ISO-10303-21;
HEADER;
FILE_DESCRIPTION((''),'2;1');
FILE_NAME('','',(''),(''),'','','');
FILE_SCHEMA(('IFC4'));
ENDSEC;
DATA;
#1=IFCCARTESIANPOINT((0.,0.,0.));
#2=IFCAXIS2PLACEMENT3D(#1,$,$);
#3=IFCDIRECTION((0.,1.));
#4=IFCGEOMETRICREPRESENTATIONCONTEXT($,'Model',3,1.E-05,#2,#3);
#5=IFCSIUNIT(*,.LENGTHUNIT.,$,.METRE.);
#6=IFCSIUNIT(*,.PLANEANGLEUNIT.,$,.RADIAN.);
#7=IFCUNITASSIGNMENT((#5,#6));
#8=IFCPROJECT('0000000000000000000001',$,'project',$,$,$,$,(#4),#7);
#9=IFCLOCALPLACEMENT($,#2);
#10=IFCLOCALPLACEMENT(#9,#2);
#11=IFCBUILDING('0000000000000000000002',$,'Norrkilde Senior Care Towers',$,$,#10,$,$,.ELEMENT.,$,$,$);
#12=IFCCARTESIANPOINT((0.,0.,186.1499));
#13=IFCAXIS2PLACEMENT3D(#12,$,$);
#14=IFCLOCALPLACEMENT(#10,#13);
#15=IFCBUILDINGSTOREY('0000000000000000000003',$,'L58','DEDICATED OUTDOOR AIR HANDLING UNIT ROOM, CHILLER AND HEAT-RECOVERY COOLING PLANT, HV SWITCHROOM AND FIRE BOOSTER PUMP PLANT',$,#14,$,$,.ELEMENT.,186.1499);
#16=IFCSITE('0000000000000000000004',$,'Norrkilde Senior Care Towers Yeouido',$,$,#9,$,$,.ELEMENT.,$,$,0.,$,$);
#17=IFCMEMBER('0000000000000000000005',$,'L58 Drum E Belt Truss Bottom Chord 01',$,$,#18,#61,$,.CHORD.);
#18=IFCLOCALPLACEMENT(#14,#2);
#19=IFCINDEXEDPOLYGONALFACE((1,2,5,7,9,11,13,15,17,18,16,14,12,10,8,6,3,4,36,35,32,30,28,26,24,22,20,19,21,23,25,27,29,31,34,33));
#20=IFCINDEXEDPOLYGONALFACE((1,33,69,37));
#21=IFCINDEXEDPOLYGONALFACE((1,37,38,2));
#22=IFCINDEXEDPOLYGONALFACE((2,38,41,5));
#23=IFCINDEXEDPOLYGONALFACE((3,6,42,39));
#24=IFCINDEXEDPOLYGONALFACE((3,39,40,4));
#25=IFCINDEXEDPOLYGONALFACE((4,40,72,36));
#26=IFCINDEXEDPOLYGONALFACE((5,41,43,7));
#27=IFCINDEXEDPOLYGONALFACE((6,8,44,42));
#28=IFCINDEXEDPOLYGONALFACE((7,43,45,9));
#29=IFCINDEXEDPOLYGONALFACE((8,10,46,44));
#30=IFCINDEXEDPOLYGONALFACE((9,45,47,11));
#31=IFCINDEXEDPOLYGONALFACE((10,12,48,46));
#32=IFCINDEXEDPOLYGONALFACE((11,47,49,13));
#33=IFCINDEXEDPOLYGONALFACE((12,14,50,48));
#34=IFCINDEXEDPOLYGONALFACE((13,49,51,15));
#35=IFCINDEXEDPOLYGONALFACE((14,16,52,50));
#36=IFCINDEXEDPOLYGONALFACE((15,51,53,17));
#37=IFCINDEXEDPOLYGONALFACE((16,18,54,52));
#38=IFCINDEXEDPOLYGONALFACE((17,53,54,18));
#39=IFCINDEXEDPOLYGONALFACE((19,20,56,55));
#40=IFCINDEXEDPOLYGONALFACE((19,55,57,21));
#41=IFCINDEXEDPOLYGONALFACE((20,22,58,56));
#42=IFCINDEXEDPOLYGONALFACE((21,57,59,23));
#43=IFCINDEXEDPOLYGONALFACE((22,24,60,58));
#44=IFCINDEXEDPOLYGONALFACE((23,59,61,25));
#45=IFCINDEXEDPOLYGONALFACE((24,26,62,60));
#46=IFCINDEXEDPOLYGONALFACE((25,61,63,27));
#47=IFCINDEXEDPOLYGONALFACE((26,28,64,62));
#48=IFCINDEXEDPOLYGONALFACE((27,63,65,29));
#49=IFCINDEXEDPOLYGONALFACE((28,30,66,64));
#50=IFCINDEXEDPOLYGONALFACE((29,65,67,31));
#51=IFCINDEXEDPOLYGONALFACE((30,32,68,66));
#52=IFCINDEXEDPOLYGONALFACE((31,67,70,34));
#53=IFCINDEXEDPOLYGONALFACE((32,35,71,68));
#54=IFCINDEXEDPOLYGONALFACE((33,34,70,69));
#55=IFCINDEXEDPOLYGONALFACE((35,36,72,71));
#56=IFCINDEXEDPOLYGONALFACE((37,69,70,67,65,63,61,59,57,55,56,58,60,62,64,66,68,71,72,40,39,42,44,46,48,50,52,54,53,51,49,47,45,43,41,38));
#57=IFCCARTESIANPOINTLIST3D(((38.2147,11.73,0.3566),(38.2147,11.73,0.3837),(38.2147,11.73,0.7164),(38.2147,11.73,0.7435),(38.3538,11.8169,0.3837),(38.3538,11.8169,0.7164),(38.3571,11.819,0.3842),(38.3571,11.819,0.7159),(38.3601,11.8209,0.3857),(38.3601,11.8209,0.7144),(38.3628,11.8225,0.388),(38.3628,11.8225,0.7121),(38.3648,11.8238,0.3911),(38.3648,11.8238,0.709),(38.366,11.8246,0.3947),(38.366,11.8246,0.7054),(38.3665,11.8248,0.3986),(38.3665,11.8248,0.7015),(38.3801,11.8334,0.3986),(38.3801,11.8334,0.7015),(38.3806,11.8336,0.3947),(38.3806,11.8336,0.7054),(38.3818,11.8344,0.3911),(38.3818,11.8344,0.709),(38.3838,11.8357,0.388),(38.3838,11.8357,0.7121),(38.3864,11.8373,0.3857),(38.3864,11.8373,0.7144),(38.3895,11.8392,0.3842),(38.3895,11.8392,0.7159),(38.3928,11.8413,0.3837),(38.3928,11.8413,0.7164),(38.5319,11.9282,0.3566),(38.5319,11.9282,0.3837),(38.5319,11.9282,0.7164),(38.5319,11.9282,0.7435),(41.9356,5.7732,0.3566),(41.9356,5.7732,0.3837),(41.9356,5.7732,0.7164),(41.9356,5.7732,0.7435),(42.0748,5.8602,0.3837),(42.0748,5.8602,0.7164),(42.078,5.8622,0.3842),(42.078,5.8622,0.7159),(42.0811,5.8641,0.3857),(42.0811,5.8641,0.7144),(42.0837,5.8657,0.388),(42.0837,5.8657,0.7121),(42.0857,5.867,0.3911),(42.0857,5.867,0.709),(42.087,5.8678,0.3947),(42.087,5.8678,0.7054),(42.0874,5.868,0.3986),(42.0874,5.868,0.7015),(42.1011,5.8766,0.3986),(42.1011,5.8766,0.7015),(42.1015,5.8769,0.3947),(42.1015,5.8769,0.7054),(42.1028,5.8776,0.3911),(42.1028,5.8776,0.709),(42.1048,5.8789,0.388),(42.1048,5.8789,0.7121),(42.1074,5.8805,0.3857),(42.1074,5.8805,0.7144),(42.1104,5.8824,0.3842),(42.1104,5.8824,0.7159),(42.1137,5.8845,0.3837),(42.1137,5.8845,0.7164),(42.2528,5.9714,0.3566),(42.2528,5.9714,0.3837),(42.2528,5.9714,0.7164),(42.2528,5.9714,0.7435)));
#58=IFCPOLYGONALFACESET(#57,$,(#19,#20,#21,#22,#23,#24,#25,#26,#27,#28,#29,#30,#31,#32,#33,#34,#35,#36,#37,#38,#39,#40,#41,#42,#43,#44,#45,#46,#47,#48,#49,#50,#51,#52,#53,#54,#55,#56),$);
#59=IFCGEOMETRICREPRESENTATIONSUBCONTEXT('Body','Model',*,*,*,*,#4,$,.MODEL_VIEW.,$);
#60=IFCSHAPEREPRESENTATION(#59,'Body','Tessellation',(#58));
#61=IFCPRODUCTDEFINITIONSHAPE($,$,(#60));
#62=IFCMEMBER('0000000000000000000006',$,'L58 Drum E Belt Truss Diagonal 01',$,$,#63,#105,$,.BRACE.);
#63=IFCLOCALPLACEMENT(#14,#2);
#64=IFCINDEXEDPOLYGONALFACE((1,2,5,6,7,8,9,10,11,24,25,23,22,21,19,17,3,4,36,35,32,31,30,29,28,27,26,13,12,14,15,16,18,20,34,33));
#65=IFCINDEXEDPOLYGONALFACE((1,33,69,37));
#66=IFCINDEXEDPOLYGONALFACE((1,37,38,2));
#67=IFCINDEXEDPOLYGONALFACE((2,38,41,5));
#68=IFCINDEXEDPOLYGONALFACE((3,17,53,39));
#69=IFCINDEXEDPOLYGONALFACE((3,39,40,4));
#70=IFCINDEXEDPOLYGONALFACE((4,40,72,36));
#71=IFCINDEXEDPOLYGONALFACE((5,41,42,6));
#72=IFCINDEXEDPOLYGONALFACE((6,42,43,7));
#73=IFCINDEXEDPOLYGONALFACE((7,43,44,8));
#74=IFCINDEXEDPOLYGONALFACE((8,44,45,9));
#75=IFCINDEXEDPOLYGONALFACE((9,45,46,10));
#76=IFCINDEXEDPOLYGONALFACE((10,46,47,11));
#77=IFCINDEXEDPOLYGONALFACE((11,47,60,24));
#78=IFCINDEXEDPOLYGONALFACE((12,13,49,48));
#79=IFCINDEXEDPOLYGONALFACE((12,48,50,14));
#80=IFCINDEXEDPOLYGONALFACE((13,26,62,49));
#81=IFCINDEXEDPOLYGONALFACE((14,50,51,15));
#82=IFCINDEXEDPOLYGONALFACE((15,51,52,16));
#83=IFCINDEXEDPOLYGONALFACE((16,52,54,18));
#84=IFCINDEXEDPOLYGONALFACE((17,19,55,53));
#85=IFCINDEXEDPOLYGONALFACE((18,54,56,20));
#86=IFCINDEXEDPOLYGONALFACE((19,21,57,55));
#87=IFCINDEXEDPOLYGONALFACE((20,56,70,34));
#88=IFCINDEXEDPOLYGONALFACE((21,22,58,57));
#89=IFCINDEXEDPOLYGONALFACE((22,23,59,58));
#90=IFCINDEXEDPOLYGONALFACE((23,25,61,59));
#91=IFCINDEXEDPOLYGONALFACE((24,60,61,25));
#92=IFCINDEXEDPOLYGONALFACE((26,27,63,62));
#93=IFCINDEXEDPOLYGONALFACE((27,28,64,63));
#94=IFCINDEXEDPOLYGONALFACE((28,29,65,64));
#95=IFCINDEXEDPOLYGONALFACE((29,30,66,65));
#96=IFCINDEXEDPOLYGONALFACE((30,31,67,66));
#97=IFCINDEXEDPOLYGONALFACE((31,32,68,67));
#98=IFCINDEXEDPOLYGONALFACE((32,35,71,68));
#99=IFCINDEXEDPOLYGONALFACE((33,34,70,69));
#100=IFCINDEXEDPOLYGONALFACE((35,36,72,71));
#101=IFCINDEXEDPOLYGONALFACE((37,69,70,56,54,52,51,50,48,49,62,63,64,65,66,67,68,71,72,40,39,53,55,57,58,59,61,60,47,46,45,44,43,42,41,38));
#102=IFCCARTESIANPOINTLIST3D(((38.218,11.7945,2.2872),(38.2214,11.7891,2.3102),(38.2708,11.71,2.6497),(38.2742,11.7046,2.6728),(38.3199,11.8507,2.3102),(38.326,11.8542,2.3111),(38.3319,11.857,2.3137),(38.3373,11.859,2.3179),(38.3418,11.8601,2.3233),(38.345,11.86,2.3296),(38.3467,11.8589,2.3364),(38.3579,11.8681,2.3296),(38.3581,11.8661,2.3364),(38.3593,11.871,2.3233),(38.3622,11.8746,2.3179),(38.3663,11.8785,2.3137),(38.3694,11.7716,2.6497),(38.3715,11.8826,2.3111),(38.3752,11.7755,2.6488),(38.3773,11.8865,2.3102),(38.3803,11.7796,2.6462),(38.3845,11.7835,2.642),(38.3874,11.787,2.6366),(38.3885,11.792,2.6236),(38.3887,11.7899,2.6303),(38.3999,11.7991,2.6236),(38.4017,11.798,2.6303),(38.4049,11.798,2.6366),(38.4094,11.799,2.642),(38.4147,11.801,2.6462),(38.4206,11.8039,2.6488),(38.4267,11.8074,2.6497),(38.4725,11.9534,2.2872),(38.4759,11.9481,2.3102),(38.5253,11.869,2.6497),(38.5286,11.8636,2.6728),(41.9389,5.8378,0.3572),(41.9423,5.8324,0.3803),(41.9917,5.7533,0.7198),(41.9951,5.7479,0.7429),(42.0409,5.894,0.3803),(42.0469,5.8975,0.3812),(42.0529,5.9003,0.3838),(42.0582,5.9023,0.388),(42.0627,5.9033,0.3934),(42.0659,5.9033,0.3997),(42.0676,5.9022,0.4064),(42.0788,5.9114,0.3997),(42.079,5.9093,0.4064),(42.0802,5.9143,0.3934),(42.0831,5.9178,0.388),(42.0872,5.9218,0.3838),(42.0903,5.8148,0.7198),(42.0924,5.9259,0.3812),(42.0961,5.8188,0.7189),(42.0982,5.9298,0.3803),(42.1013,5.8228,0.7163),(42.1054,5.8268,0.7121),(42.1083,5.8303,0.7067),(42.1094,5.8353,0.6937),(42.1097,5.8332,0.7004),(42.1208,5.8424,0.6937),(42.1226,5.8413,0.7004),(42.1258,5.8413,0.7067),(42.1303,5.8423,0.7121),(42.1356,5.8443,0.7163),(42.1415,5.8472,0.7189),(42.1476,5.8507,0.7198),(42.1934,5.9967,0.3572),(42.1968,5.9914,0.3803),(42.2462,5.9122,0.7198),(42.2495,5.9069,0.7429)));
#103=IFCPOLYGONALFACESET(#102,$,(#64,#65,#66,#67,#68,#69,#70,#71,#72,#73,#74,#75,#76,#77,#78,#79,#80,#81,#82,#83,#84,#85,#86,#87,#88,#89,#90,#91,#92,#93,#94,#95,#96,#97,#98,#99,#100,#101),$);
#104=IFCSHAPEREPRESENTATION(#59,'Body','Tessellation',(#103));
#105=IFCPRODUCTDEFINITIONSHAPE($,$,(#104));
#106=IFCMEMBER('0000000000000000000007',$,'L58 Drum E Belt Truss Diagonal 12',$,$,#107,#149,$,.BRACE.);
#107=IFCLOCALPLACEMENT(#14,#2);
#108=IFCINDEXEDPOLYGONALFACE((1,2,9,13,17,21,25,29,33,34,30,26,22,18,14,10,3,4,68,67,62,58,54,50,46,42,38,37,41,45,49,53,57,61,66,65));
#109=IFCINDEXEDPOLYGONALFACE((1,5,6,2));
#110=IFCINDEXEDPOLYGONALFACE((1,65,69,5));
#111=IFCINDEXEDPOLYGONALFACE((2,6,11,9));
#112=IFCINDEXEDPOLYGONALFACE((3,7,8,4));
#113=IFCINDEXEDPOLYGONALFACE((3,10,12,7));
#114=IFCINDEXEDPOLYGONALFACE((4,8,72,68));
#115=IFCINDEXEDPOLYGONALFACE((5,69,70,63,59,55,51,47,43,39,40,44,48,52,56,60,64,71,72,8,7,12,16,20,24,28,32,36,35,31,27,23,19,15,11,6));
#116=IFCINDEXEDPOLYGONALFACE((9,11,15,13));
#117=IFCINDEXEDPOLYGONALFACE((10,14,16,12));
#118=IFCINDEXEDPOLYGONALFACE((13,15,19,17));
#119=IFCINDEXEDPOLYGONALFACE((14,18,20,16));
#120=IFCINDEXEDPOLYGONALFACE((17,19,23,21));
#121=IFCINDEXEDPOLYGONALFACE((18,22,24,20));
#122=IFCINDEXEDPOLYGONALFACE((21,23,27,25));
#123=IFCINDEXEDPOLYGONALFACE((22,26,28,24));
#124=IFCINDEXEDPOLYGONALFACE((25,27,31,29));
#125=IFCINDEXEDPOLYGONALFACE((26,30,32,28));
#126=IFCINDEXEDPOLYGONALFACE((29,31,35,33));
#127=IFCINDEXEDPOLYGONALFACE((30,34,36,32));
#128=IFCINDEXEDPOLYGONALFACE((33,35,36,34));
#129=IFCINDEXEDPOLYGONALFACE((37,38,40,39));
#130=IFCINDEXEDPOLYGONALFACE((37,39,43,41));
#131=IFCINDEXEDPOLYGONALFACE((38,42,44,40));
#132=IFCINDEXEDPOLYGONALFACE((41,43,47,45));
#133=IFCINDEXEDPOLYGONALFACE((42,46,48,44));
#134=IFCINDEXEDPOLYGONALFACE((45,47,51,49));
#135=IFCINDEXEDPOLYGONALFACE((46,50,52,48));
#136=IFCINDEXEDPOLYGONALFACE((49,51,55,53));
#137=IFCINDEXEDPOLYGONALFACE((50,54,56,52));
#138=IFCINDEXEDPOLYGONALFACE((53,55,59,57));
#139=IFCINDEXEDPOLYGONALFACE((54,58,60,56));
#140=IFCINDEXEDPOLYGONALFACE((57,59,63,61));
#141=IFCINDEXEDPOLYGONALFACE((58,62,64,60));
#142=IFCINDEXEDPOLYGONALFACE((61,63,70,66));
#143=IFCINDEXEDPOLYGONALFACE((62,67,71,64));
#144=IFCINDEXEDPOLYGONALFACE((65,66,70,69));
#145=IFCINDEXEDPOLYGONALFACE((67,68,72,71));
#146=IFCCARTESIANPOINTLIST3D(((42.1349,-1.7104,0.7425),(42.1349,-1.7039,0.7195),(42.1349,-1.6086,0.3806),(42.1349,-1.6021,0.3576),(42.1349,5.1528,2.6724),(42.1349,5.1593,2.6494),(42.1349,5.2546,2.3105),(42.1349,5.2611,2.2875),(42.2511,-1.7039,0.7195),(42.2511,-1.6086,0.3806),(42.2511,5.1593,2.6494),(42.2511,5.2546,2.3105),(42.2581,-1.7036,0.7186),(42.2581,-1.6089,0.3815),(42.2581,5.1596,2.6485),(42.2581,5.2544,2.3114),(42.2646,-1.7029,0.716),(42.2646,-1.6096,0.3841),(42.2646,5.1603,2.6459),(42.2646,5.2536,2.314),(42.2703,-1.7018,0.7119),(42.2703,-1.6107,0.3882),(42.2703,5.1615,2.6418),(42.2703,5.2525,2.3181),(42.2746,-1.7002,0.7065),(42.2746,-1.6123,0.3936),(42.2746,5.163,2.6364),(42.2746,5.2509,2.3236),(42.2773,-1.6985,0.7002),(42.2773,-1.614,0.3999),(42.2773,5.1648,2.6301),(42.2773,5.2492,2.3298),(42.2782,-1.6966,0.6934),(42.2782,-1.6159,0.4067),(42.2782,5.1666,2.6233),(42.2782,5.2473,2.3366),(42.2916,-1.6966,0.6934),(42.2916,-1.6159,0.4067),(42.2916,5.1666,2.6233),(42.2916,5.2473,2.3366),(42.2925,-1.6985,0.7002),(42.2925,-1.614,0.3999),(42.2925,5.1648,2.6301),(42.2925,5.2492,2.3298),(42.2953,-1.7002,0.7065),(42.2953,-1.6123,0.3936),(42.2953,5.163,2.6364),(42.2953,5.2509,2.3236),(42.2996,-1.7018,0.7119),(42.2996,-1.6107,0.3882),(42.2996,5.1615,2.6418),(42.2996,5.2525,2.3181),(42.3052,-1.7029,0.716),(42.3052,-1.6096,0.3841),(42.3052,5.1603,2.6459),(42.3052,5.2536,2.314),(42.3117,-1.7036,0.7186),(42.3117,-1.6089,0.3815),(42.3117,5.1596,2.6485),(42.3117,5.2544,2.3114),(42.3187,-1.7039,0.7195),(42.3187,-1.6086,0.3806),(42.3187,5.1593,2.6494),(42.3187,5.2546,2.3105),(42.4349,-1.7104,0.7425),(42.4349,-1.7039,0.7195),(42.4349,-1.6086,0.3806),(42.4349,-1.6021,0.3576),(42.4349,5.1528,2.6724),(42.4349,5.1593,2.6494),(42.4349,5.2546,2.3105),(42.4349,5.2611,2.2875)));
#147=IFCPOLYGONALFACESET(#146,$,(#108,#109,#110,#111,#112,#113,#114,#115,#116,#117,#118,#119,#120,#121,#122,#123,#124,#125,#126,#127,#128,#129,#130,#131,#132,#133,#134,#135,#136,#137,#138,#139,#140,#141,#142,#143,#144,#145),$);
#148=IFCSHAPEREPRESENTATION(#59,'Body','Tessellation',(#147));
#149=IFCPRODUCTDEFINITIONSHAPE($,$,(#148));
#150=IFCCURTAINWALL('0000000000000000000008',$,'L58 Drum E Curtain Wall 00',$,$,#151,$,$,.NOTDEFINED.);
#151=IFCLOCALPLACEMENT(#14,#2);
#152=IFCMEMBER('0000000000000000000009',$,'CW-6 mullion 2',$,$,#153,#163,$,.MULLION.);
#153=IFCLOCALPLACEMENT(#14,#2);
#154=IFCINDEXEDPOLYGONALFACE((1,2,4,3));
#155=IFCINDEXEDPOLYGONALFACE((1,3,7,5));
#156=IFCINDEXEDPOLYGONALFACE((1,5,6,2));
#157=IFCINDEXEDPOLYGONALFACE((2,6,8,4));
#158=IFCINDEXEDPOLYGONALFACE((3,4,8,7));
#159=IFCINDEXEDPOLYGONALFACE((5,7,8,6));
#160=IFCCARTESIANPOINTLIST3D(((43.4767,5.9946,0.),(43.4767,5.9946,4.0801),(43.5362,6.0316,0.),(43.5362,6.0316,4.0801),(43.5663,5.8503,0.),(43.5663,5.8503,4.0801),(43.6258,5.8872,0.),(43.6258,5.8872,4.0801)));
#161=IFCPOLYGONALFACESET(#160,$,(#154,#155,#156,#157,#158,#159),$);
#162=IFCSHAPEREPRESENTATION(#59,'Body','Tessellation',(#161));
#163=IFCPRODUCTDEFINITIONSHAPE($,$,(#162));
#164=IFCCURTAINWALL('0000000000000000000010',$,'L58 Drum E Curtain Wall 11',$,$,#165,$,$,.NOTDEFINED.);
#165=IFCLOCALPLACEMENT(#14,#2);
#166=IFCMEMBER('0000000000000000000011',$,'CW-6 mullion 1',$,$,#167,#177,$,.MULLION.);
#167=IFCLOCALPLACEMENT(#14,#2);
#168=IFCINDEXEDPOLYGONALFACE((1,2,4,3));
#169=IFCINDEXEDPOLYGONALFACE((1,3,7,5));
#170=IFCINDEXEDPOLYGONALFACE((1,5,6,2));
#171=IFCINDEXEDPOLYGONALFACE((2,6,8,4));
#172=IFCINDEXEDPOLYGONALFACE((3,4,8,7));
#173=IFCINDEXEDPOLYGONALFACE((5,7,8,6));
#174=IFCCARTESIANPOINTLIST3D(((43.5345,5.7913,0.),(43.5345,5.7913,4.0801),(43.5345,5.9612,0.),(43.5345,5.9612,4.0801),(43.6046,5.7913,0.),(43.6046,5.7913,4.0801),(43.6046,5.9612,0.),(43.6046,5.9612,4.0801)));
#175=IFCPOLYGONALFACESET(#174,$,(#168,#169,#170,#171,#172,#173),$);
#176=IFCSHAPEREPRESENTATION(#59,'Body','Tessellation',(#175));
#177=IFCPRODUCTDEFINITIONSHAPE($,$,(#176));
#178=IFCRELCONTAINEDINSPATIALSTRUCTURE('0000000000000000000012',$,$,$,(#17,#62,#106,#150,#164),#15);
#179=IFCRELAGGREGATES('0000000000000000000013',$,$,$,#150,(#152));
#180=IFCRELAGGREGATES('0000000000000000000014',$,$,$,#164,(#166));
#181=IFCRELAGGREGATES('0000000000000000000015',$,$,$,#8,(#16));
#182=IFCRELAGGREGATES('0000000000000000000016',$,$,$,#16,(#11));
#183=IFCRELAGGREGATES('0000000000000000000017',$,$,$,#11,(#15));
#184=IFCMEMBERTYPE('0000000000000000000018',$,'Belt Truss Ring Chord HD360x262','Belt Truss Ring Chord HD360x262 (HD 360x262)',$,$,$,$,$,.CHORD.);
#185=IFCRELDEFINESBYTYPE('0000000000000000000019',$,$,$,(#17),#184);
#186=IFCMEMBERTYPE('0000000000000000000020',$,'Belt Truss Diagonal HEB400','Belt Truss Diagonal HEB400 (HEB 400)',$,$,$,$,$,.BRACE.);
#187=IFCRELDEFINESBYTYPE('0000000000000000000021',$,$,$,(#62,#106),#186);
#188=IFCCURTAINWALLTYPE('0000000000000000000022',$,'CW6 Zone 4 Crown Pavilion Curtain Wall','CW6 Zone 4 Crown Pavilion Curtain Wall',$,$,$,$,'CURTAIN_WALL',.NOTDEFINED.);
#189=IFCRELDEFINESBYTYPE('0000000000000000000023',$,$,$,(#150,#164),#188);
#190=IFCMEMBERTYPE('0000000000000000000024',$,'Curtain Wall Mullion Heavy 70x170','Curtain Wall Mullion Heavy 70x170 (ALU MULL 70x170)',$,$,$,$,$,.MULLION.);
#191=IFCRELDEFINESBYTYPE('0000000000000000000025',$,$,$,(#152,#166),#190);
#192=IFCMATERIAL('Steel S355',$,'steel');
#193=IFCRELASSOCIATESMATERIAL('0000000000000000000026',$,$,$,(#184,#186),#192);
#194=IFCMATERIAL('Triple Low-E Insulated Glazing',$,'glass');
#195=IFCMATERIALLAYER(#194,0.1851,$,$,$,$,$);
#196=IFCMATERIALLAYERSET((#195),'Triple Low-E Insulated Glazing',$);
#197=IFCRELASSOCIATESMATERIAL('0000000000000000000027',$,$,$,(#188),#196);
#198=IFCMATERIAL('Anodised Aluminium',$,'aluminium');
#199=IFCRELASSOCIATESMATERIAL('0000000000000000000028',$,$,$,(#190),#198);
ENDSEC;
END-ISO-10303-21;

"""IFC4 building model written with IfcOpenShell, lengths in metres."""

from ifc_helpers import new_model, si_unit, direction, frame, origin, origin_2d, place, context, subcontext, project, spatial, rectangle, i_section, extrude, source, transform, mapped, material, layer, layer_set, material_profile, profile_set, type_object, type_shapes, element, aggregate, save


model = new_model("IFC4")

# Units and contexts
model_context = context("Model", 3, precision=1e-05, world=origin(), true_north=direction((0.0, 1.0)))
body_context = subcontext(model_context, "Body", "Model", "MODEL_VIEW")
ifc_project = project(units=[si_unit("LENGTHUNIT", "METRE"), si_unit("PLANEANGLEUNIT", "RADIAN")], contexts=[model_context])

# Site, building, storey
site_placement = place(None, origin())
site = spatial("IfcSite", under=ifc_project, at=site_placement, Name="Norrkilde Senior Care Towers Yeouido", CompositionType="ELEMENT", RefElevation=0.0)
building_placement = place(site_placement, origin())
building = spatial("IfcBuilding", under=site, at=building_placement, Name="Norrkilde Senior Care Towers", CompositionType="ELEMENT")
storey_placement = place(building_placement, frame((0.0, 0.0, 186.1499)))
storey = spatial("IfcBuildingStorey", under=building, at=storey_placement, Name="L58", Description="DEDICATED OUTDOOR AIR HANDLING UNIT ROOM, CHILLER AND HEAT-RECOVERY COOLING PLANT, HV SWITCHROOM AND FIRE BOOSTER PUMP PLANT", CompositionType="ELEMENT", Elevation=186.1499)

# Members
ifc_material_1 = material(Name="Steel S355", Category="steel")
ifc_material_profile_1 = material_profile(ifc_material_1, i_section(OverallWidth=0.374, OverallDepth=0.387, WebThickness=0.0161, FlangeThickness=0.0271, FilletRadius=0.0149, at=origin_2d()), Name="HD 360x262")
ifc_profile_set_1 = profile_set([ifc_material_profile_1], Name="Steel S355")
member_type_1 = type_object("IfcMemberType", Name="Belt Truss Ring Chord HD360x262", Description="Belt Truss Ring Chord HD360x262 (HD 360x262)", PredefinedType="CHORD", material=ifc_profile_set_1)
shared_shape_1 = source(origin(), body_context, "Body", "SweptSolid", [
    extrude(i_section(OverallWidth=0.374, OverallDepth=0.387, WebThickness=0.0161, FlangeThickness=0.0271, FilletRadius=0.0149, at=origin_2d()), origin(), (0.0, 0.0, 1.0), 7.0234),
])
type_shapes(member_type_1, [shared_shape_1])
member_1_placement = place(storey_placement, frame((42.0942, 5.8723, 0.55), z_axis=(-0.52979, 0.848129, 0.0), x_axis=(-0.848129, -0.52979, 0.0)))
element("IfcMember", 1, at=member_1_placement, inside=storey, type_object=member_type_1, Name="L58 Drum E Belt Truss Bottom Chord 01", PredefinedType="CHORD", context=body_context, shape_type="MappedRepresentation", body=[
    mapped(shared_shape_1, transform((0.0, 0.0, 0.0), x_axis=(1.0, 0.0, 0.0), y_axis=(0.0, 1.0, 0.0), z_axis=(0.0, 0.0, 1.0), scale=1.0)),
])
ifc_material_profile_2 = material_profile(ifc_material_1, i_section(OverallWidth=0.3, OverallDepth=0.3999, WebThickness=0.0134, FlangeThickness=0.0239, FilletRadius=0.0271, at=origin_2d()), Name="HEB 400")
ifc_profile_set_2 = profile_set([ifc_material_profile_2], Name="Steel S355")
member_type_2 = type_object("IfcMemberType", Name="Belt Truss Diagonal HEB400", Description="Belt Truss Diagonal HEB400 (HEB 400)", PredefinedType="BRACE", material=ifc_profile_set_2)
shared_shape_2 = source(origin(), body_context, "Body", "SweptSolid", [
    extrude(i_section(OverallWidth=0.3, OverallDepth=0.3999, WebThickness=0.0134, FlangeThickness=0.0239, FilletRadius=0.0271, at=origin_2d()), origin(), (0.0, 0.0, 1.0), 7.2837),
])
member_2_placement = place(storey_placement, frame((42.0942, 5.8723, 0.55), z_axis=(-0.510854, 0.817816, 0.264963), x_axis=(-0.848129, -0.52979, 0.0)))
element("IfcMember", 2, at=member_2_placement, inside=storey, type_object=member_type_2, Name="L58 Drum E Belt Truss Diagonal 01", PredefinedType="BRACE", context=body_context, shape_type="MappedRepresentation", body=[
    mapped(shared_shape_2, transform((0.0, 0.0, 0.0), x_axis=(1.0, 0.0, 0.0), y_axis=(0.0, 1.0, 0.0), z_axis=(0.0, 0.0, 1.0), scale=1.0)),
])
shared_shape_3 = source(origin(), body_context, "Body", "SweptSolid", [
    extrude(i_section(OverallWidth=0.3, OverallDepth=0.3999, WebThickness=0.0134, FlangeThickness=0.0239, FilletRadius=0.0271, at=origin_2d()), origin(), (0.0, 0.0, 1.0), 7.1294),
])
type_shapes(member_type_2, [shared_shape_2, shared_shape_3])
member_3_placement = place(storey_placement, frame((42.2849, -1.6562, 0.55), z_axis=(0.0, 0.962664, 0.270698), x_axis=(-1.0, 0.0, 0.0)))
element("IfcMember", 3, at=member_3_placement, inside=storey, type_object=member_type_2, Name="L58 Drum E Belt Truss Diagonal 12", PredefinedType="BRACE", context=body_context, shape_type="MappedRepresentation", body=[
    mapped(shared_shape_3, transform((0.0, 0.0, 0.0), x_axis=(1.0, 0.0, 0.0), y_axis=(0.0, 1.0, 0.0), z_axis=(0.0, 0.0, 1.0), scale=1.0)),
])

# Curtain wall, member
ifc_material_2 = material(Name="Triple Low-E Insulated Glazing", Category="glass")
ifc_layer_1 = layer(ifc_material_2, 0.1851)
ifc_layer_set_1 = layer_set([ifc_layer_1], Name="Triple Low-E Insulated Glazing")
curtain_wall_type = type_object("IfcCurtainWallType", Name="CW6 Zone 4 Crown Pavilion Curtain Wall", Description="CW6 Zone 4 Crown Pavilion Curtain Wall", ElementType="CURTAIN_WALL", PredefinedType="NOTDEFINED", material=ifc_layer_set_1)
curtain_wall_1_placement = place(storey_placement, origin())
curtain_wall_1 = element("IfcCurtainWall", 4, at=curtain_wall_1_placement, inside=storey, type_object=curtain_wall_type, Name="L58 Drum E Curtain Wall 00", PredefinedType="NOTDEFINED")
ifc_material_3 = material(Name="Anodised Aluminium", Category="aluminium")
ifc_material_profile_3 = material_profile(ifc_material_3, rectangle(XDim=0.0701, YDim=0.1699, at=origin_2d()), Name="ALU MULL 70x170")
ifc_profile_set_3 = profile_set([ifc_material_profile_3], Name="Anodised Aluminium")
member_type_3 = type_object("IfcMemberType", Name="Curtain Wall Mullion Heavy 70x170", Description="Curtain Wall Mullion Heavy 70x170 (ALU MULL 70x170)", PredefinedType="MULLION", material=ifc_profile_set_3)
shared_shape_4 = source(origin(), body_context, "Body", "SweptSolid", [
    extrude(rectangle(XDim=0.0701, YDim=0.1699, at=origin_2d()), origin(), (0.0, 0.0, 1.0), 4.0801),
])
type_shapes(member_type_3, [shared_shape_4])
member_4_placement = place(storey_placement, frame((43.5513, 5.9409, 0.0), z_axis=(0.0, 0.0, 1.0), x_axis=(0.849634, 0.527373, 0.0)))
member_4 = element("IfcMember", 5, at=member_4_placement, type_object=member_type_3, Name="CW-6 mullion 2", PredefinedType="MULLION", context=body_context, shape_type="MappedRepresentation", body=[
    mapped(shared_shape_4, transform((0.0, 0.0, 0.0), x_axis=(1.0, 0.0, 0.0), y_axis=(0.0, 1.0, 0.0), z_axis=(0.0, 0.0, 1.0), scale=1.0)),
])
aggregate(curtain_wall_1, [member_4])

# Curtain wall, member
curtain_wall_2_placement = place(storey_placement, origin())
curtain_wall_2 = element("IfcCurtainWall", 6, at=curtain_wall_2_placement, inside=storey, type_object=curtain_wall_type, Name="L58 Drum E Curtain Wall 11", PredefinedType="NOTDEFINED")
member_5_placement = place(storey_placement, frame((43.5696, 5.8762, 0.0), z_axis=(0.0, 0.0, 1.0), x_axis=(1.0, 0.0, 0.0)))
member_5 = element("IfcMember", 7, at=member_5_placement, type_object=member_type_3, Name="CW-6 mullion 1", PredefinedType="MULLION", context=body_context, shape_type="MappedRepresentation", body=[
    mapped(shared_shape_4, transform((0.0, 0.0, 0.0), x_axis=(1.0, 0.0, 0.0), y_axis=(0.0, 1.0, 0.0), z_axis=(0.0, 0.0, 1.0), scale=1.0)),
])

aggregate(curtain_wall_2, [member_5])

save(model, "model.ifc")
